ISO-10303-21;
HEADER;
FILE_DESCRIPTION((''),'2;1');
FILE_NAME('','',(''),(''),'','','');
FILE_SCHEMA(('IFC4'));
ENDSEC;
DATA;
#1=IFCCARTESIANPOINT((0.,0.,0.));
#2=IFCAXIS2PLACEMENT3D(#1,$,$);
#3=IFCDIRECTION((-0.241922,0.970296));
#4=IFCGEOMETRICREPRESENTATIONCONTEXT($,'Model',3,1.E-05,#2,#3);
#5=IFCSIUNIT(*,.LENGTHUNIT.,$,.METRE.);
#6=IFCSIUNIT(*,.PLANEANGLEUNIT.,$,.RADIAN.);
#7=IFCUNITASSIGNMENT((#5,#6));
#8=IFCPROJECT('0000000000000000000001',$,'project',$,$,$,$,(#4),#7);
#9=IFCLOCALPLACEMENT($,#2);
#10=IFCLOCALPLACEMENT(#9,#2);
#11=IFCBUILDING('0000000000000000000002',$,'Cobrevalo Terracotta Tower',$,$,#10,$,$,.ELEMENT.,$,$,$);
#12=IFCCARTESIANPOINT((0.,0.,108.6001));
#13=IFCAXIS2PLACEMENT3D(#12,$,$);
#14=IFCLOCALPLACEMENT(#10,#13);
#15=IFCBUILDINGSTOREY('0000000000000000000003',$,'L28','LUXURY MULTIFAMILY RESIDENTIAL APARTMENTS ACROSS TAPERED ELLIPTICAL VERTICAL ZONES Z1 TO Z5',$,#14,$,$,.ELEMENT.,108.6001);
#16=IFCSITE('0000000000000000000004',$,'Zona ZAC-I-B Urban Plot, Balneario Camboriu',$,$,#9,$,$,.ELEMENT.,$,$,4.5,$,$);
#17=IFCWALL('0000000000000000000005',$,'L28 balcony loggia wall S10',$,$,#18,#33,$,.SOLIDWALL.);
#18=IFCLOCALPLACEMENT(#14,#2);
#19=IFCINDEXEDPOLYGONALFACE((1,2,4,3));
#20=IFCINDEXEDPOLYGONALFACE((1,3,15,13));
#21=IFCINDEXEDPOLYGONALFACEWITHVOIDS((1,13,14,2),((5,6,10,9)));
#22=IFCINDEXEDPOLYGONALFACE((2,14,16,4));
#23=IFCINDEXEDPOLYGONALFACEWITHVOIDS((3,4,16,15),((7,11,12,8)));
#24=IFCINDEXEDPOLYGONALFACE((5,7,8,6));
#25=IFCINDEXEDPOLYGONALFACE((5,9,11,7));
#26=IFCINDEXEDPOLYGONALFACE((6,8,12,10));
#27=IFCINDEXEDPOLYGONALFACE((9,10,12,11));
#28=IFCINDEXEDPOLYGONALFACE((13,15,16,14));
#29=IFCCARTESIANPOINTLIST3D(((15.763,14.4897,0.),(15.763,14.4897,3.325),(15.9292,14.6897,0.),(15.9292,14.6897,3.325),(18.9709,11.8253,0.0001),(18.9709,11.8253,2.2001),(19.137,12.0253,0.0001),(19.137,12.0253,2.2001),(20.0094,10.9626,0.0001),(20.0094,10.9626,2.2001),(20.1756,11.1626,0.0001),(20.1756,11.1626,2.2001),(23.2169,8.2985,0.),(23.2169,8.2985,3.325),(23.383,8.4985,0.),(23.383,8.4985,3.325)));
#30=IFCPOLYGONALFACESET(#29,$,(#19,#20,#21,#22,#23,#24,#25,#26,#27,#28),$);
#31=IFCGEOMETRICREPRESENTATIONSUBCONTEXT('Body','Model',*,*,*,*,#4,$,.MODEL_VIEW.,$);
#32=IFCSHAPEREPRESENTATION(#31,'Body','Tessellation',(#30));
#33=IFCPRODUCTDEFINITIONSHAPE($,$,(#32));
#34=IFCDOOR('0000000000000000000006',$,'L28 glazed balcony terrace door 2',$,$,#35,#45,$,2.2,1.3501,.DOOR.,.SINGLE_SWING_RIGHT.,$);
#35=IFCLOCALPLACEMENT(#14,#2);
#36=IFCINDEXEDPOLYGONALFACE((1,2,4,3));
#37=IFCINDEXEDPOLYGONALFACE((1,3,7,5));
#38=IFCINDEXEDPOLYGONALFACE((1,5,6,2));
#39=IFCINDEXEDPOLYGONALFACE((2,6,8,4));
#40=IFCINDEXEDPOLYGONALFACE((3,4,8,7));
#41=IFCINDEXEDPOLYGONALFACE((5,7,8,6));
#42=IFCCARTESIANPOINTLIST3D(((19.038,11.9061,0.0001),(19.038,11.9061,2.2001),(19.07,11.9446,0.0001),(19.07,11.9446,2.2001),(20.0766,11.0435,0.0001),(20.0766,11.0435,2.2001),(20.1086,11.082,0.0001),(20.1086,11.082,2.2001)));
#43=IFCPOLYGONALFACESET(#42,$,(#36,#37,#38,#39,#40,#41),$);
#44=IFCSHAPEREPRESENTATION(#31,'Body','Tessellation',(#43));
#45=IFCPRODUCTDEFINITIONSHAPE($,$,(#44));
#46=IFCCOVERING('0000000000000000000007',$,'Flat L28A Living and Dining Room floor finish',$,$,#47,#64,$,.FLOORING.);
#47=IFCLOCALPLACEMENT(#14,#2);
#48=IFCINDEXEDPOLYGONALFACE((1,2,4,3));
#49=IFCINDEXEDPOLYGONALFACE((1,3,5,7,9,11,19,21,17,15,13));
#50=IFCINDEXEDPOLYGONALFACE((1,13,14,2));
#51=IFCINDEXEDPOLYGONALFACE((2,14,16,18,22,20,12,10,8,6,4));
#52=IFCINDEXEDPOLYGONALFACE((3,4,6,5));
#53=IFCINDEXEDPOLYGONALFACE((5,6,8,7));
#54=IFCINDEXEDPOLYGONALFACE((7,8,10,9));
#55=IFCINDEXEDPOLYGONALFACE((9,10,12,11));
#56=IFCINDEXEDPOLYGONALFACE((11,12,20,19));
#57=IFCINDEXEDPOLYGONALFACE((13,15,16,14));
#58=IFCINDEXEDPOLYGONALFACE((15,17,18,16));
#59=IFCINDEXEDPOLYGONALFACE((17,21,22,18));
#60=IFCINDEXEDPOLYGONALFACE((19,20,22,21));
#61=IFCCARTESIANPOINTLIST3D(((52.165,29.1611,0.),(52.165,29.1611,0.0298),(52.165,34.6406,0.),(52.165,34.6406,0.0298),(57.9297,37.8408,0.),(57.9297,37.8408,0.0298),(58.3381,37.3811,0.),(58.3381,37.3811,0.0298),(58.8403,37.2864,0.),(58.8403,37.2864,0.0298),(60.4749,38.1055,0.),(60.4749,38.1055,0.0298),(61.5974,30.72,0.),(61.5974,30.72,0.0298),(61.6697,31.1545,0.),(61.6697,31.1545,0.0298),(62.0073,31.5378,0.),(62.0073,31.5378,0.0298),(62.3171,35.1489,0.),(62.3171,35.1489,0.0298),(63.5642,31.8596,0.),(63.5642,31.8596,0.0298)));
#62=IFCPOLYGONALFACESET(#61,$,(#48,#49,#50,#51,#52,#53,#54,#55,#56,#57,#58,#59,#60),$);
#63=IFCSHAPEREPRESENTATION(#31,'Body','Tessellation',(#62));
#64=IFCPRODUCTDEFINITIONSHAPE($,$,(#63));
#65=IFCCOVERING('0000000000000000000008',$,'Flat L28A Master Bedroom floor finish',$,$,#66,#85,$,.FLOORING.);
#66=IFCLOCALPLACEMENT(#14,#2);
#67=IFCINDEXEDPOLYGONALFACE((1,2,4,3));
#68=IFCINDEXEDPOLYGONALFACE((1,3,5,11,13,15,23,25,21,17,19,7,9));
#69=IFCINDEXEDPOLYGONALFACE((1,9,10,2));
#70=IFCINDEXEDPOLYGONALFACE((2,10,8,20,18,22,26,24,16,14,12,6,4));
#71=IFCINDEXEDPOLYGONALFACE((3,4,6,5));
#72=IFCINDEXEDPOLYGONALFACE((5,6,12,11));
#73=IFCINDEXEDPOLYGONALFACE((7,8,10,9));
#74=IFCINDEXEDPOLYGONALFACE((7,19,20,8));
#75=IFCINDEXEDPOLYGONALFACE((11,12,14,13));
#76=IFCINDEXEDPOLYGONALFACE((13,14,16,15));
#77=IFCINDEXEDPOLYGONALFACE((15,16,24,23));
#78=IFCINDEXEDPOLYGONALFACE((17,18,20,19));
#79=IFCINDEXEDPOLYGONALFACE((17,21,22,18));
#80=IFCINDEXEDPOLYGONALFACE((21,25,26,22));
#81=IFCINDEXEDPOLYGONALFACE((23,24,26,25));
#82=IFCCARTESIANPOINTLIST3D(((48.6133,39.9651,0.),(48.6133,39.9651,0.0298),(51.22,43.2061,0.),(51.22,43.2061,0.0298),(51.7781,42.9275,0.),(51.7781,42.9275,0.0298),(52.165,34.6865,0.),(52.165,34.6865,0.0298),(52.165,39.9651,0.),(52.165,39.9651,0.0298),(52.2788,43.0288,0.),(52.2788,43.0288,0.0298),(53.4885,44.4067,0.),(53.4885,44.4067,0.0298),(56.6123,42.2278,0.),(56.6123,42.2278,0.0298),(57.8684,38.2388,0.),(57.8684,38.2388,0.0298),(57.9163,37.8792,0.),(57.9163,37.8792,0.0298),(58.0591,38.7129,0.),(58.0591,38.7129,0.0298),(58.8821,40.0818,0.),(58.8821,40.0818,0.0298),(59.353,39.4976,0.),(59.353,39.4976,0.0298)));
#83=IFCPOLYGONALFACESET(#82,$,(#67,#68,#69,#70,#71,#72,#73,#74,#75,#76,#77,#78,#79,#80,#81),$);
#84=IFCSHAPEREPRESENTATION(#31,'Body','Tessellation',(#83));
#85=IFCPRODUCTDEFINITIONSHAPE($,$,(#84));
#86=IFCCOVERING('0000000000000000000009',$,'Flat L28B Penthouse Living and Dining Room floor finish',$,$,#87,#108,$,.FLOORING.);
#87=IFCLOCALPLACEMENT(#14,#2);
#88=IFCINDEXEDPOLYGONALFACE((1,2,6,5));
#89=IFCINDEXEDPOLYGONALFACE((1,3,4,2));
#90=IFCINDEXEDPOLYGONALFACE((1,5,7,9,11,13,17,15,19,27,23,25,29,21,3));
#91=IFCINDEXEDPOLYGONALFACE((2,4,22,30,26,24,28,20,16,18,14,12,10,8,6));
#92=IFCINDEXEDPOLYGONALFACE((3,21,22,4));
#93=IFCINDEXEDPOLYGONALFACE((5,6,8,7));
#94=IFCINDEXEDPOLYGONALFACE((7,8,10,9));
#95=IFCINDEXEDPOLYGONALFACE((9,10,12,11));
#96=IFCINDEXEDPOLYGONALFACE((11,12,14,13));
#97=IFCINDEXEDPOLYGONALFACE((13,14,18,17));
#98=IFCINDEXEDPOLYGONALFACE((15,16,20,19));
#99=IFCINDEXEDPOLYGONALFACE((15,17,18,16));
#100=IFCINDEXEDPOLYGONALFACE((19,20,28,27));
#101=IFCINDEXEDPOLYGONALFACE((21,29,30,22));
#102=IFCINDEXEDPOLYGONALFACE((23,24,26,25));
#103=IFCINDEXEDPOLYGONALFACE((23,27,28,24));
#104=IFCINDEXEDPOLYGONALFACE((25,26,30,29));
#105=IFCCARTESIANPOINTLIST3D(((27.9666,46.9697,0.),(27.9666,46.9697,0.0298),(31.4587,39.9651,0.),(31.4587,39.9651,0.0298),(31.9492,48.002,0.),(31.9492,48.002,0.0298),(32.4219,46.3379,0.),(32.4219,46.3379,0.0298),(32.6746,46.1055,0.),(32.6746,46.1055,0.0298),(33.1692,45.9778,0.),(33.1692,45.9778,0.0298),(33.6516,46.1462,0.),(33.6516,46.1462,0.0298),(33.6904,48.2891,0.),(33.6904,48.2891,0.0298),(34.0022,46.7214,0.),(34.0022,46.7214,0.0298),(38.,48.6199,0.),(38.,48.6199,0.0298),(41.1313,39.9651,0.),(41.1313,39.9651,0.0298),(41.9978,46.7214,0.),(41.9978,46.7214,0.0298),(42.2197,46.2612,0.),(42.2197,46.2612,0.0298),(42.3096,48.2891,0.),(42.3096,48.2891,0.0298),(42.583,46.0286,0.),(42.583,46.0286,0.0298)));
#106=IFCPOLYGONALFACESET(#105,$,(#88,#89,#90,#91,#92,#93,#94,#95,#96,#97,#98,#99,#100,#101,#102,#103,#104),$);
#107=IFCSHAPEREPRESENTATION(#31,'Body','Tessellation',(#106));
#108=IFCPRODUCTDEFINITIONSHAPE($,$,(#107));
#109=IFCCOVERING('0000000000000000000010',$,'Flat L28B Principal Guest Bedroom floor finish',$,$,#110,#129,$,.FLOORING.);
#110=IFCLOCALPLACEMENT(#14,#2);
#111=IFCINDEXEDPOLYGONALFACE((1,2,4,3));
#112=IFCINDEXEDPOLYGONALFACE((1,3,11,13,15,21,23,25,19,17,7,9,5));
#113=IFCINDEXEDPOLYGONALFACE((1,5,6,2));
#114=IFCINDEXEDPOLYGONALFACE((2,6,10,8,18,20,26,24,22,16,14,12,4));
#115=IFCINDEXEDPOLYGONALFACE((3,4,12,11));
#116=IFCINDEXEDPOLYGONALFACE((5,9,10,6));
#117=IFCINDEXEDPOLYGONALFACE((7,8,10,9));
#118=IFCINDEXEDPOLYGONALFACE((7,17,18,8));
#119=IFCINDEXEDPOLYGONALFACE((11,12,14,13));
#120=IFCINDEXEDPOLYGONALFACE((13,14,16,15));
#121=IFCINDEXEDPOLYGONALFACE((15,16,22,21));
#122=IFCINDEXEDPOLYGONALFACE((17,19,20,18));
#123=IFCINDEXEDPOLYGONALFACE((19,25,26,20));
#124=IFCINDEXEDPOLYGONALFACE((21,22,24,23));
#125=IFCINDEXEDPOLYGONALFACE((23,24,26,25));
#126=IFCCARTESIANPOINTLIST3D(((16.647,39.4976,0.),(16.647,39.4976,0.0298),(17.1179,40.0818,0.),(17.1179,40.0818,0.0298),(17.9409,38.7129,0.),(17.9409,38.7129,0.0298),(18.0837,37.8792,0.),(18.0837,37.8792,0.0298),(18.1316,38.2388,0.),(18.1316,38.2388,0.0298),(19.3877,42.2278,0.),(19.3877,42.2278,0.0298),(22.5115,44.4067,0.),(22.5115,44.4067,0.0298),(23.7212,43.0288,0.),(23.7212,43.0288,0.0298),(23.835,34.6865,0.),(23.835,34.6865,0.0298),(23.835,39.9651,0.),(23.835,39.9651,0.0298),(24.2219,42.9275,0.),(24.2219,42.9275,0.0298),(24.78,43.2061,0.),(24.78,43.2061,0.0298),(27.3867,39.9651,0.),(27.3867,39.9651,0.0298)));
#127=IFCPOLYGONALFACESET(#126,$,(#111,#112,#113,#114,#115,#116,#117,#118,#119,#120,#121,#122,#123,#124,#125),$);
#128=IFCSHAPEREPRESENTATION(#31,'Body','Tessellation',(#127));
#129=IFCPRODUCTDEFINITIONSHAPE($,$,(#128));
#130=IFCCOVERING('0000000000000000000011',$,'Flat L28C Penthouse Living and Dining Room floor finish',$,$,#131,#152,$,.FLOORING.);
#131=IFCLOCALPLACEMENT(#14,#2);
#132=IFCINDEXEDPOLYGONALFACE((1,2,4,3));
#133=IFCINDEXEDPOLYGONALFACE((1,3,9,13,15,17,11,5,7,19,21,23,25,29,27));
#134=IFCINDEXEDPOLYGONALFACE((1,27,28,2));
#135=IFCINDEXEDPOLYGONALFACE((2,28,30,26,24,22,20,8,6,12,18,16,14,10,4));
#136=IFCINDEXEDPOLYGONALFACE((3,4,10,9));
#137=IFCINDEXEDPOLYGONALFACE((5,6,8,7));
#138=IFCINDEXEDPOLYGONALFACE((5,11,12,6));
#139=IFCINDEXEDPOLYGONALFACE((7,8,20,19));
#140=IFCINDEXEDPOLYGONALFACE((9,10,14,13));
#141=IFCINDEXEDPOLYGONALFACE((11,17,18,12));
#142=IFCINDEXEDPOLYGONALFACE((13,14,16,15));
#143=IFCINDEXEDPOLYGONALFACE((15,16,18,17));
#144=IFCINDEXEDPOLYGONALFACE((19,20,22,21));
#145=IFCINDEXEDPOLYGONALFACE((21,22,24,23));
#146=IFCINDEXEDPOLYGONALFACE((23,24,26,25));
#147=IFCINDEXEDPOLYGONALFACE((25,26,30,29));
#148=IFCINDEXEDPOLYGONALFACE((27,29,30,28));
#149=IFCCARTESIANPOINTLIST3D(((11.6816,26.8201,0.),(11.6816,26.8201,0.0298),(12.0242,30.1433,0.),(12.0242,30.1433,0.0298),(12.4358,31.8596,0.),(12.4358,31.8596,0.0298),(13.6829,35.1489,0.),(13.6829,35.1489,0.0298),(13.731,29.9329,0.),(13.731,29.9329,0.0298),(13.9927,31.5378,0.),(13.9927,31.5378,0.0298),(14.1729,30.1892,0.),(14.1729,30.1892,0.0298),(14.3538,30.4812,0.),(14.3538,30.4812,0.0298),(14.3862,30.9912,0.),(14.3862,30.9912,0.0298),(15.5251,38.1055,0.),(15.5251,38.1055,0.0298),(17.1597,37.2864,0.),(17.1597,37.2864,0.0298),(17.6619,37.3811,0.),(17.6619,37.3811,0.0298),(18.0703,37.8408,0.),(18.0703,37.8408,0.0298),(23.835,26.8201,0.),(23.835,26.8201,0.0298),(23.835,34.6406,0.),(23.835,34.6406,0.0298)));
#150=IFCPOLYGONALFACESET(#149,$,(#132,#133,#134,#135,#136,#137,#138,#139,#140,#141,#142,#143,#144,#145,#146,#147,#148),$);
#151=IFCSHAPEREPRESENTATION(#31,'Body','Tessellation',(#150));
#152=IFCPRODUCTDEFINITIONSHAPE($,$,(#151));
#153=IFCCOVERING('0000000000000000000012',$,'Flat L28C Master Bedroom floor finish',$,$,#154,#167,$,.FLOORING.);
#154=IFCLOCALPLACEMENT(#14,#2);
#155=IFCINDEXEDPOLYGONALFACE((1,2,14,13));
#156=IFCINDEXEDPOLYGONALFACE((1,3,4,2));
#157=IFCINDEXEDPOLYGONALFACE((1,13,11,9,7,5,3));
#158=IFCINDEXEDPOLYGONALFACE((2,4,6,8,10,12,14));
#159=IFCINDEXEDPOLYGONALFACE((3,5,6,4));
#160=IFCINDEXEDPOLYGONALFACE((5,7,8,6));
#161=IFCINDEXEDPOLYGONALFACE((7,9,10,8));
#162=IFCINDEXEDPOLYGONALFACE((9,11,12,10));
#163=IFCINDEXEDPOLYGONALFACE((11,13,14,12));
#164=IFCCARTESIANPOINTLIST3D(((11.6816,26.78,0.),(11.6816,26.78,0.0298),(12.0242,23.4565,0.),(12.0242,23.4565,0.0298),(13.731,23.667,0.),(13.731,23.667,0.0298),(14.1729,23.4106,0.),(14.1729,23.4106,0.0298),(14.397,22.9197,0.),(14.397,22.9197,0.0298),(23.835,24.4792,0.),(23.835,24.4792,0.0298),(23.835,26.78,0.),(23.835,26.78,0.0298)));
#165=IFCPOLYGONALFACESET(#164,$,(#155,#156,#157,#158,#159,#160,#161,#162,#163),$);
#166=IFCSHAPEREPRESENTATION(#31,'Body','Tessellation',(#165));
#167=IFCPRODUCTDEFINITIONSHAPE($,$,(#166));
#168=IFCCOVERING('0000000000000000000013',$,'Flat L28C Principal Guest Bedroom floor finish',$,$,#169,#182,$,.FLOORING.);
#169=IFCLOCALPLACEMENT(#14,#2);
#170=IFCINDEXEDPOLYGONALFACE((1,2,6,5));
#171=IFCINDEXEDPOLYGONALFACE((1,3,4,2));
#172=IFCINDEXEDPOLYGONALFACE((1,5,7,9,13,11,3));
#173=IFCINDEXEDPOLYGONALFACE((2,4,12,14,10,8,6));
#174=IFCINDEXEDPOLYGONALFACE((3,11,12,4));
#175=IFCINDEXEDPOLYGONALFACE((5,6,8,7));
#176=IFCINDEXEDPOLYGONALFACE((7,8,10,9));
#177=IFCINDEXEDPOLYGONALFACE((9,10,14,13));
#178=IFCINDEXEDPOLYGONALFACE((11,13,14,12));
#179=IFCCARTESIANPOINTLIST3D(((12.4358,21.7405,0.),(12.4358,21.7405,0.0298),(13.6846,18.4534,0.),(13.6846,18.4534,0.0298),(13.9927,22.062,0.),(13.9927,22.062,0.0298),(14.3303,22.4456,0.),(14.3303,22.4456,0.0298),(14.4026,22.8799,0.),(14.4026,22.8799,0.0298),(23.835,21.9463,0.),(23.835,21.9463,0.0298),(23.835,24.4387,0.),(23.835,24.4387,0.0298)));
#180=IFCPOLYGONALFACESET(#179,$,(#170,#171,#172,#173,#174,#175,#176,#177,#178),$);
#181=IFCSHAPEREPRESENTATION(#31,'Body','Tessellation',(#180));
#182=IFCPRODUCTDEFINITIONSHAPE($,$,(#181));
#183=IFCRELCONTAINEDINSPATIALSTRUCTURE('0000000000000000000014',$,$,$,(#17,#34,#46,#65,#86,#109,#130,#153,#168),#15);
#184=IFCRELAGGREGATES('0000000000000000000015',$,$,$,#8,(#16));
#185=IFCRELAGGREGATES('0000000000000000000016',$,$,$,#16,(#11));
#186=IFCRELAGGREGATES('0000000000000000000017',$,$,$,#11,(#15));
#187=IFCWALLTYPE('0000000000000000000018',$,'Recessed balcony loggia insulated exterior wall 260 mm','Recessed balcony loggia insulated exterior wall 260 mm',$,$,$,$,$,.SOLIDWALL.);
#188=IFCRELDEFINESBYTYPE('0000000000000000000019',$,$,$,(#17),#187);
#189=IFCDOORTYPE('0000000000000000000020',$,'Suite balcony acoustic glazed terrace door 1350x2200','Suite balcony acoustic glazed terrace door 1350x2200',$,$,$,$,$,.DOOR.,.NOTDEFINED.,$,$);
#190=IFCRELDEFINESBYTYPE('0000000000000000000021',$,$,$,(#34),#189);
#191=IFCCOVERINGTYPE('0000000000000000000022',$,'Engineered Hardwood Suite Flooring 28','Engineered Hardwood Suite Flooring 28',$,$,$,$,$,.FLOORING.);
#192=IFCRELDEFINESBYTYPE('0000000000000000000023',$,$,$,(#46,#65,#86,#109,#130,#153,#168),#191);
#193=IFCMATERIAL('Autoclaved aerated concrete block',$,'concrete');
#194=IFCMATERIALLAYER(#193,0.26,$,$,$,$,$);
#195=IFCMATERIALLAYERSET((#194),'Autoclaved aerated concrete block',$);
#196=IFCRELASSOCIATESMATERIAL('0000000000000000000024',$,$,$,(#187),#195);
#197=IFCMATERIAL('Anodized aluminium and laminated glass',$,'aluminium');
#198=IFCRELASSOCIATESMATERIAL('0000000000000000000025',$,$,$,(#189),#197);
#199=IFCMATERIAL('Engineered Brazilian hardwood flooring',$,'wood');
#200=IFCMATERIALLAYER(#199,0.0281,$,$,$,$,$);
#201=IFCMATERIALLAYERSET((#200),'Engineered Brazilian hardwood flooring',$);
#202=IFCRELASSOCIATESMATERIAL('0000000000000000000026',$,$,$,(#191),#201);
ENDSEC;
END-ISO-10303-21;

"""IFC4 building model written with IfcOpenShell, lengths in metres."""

from ifc_helpers import new_model, si_unit, direction, frame, frame_2d, origin, place, context, subcontext, project, spatial, polyline, rectangle, outline, extrude, source, transform, mapped, material, layer, layer_set, type_object, element, fill, save


model = new_model("IFC4")

# Units and contexts
model_context = context("Model", 3, precision=1e-05, world=origin(), true_north=direction((-0.241922, 0.970296)))
body_context = subcontext(model_context, "Body", "Model", "MODEL_VIEW")
ifc_project = project(units=[si_unit("LENGTHUNIT", "METRE"), si_unit("PLANEANGLEUNIT", "RADIAN")], contexts=[model_context])

# Site, building, storey
site_placement = place(None, origin())
site = spatial("IfcSite", under=ifc_project, at=site_placement, Name="Zona ZAC-I-B Urban Plot, Balneario Camboriu", CompositionType="ELEMENT", RefElevation=4.5)
building_placement = place(site_placement, origin())
building = spatial("IfcBuilding", under=site, at=building_placement, Name="Cobrevalo Terracotta Tower", CompositionType="ELEMENT")
storey_placement = place(building_placement, frame((0.0, 0.0, 108.6001)))
storey = spatial("IfcBuildingStorey", under=building, at=storey_placement, Name="L28", Description="LUXURY MULTIFAMILY RESIDENTIAL APARTMENTS ACROSS TAPERED ELLIPTICAL VERTICAL ZONES Z1 TO Z5", CompositionType="ELEMENT", Elevation=108.6001)

# Wall, opening, door
ifc_material_1 = material(Name="Autoclaved aerated concrete block", Category="concrete")
ifc_layer_1 = layer(ifc_material_1, 0.26)
ifc_layer_set_1 = layer_set([ifc_layer_1], Name="Autoclaved aerated concrete block")
wall_type = type_object("IfcWallType", Name="Recessed balcony loggia insulated exterior wall 260 mm", Description="Recessed balcony loggia insulated exterior wall 260 mm", PredefinedType="SOLIDWALL", material=ifc_layer_set_1)
wall_placement = place(storey_placement, frame((15.8462, 14.5896, 0.0), z_axis=(0.0, 0.0, 1.0), x_axis=(0.769255, -0.638942, 0.0)))
wall = element("IfcWall", 1, at=wall_placement, inside=storey, type_object=wall_type, Name="L28 balcony loggia wall S10", PredefinedType="SOLIDWALL", context=body_context, shape_type="SweptSolid", body=[
    extrude(rectangle(XDim=9.6897, YDim=0.26, at=frame_2d((4.8447, 0.0))), origin(), (0.0, 0.0, 1.0), 3.325),
])
opening_placement = place(wall_placement, frame((4.1699, 0.0, 0.0)))
opening = element("IfcOpeningElement", 2, at=opening_placement, cuts=wall, PredefinedType="OPENING", context=body_context, shape_type="SweptSolid", body=[
    extrude(rectangle(XDim=1.3501, YDim=2.2, at=frame_2d((0.675, 1.1001))), frame((0.0, 0.1401, 0.0), z_axis=(0.0, -1.0, 0.0), x_axis=(1.0, 0.0, 0.0)), (0.0, 0.0, 1.0), 0.28),
])
ifc_material_2 = material(Name="Anodized aluminium and laminated glass", Category="aluminium")
door_type = type_object("IfcDoorType", Name="Suite balcony acoustic glazed terrace door 1350x2200", Description="Suite balcony acoustic glazed terrace door 1350x2200", OperationType="NOTDEFINED", PredefinedType="DOOR", material=ifc_material_2)
shared_shape_1 = source(origin(), body_context, "Body", "SweptSolid", [
    extrude(rectangle(XDim=1.3501, YDim=2.2, at=frame_2d((0.675, 1.1001))), frame((0.0, 0.0249, 0.0), z_axis=(0.0, -1.0, 0.0), x_axis=(1.0, 0.0, 0.0)), (0.0, 0.0, 1.0), 0.05),
])
door_placement = place(opening_placement, frame((1.3501, 0.0, 0.0), z_axis=(0.0, 0.0, 1.0), x_axis=(-1.0, 0.0, 0.0)))
door = element("IfcDoor", 3, at=door_placement, inside=storey, type_object=door_type, Name="L28 glazed balcony terrace door 2", OperationType="SINGLE_SWING_RIGHT", OverallHeight=2.2, OverallWidth=1.3501, PredefinedType="DOOR", context=body_context, shape_type="MappedRepresentation", body=[
    mapped(shared_shape_1, transform((0.0, 0.0, 0.0), scale=1.0)),
])
fill(opening, door)

# Coverings
ifc_material_3 = material(Name="Engineered Brazilian hardwood flooring", Category="wood")
ifc_layer_2 = layer(ifc_material_3, 0.0281)
ifc_layer_set_2 = layer_set([ifc_layer_2], Name="Engineered Brazilian hardwood flooring")
covering_type_1 = type_object("IfcCoveringType", Name="Engineered Hardwood Suite Flooring 28", Description="Engineered Hardwood Suite Flooring 28", PredefinedType="FLOORING", material=ifc_layer_set_2)
covering_1_placement = place(storey_placement, origin())
element("IfcCovering", 4, at=covering_1_placement, inside=storey, type_object=covering_type_1, Name="Flat L28A Living and Dining Room floor finish", PredefinedType="FLOORING", context=body_context, shape_type="SweptSolid", body=[
    extrude(outline(polyline([(62.3171, 35.1489), (63.5642, 31.8596), (62.0073, 31.5378), (61.6697, 31.1545), (61.5974, 30.72), (52.165, 29.1611), (52.165, 34.6406), (57.9297, 37.8408), (58.3381, 37.3811), (58.8403, 37.2864), (60.4749, 38.1055), (62.3171, 35.1489)])), origin(), (0.0, 0.0, 1.0), 0.0298),
])
covering_2_placement = place(storey_placement, origin())
element("IfcCovering", 5, at=covering_2_placement, inside=storey, type_object=covering_type_1, Name="Flat L28A Master Bedroom floor finish", PredefinedType="FLOORING", context=body_context, shape_type="SweptSolid", body=[
    extrude(outline(polyline([(56.6123, 42.2278), (58.8821, 40.0818), (59.353, 39.4976), (58.0591, 38.7129), (57.8684, 38.2388), (57.9163, 37.8792), (52.165, 34.6865), (52.165, 39.9651), (48.6133, 39.9651), (51.22, 43.2061), (51.7781, 42.9275), (52.2788, 43.0288), (53.4885, 44.4067), (56.6123, 42.2278)])), origin(), (0.0, 0.0, 1.0), 0.0298),
])
covering_3_placement = place(storey_placement, origin())
element("IfcCovering", 6, at=covering_3_placement, inside=storey, type_object=covering_type_1, Name="Flat L28B Penthouse Living and Dining Room floor finish", PredefinedType="FLOORING", context=body_context, shape_type="SweptSolid", body=[
    extrude(outline(polyline([(31.9492, 48.002), (32.4219, 46.3379), (32.6746, 46.1055), (33.1692, 45.9778), (33.6516, 46.1462), (34.0022, 46.7214), (33.6904, 48.2891), (38.0, 48.6199), (42.3096, 48.2891), (41.9978, 46.7214), (42.2197, 46.2612), (42.583, 46.0286), (41.1313, 39.9651), (31.4587, 39.9651), (27.9666, 46.9697), (31.9492, 48.002)])), origin(), (0.0, 0.0, 1.0), 0.0298),
])
covering_4_placement = place(storey_placement, origin())
element("IfcCovering", 7, at=covering_4_placement, inside=storey, type_object=covering_type_1, Name="Flat L28B Principal Guest Bedroom floor finish", PredefinedType="FLOORING", context=body_context, shape_type="SweptSolid", body=[
    extrude(outline(polyline([(22.5115, 44.4067), (23.7212, 43.0288), (24.2219, 42.9275), (24.78, 43.2061), (27.3867, 39.9651), (23.835, 39.9651), (23.835, 34.6865), (18.0837, 37.8792), (18.1316, 38.2388), (17.9409, 38.7129), (16.647, 39.4976), (17.1179, 40.0818), (19.3877, 42.2278), (22.5115, 44.4067)])), origin(), (0.0, 0.0, 1.0), 0.0298),
])
covering_5_placement = place(storey_placement, origin())
element("IfcCovering", 8, at=covering_5_placement, inside=storey, type_object=covering_type_1, Name="Flat L28C Penthouse Living and Dining Room floor finish", PredefinedType="FLOORING", context=body_context, shape_type="SweptSolid", body=[
    extrude(outline(polyline([(12.0242, 30.1433), (13.731, 29.9329), (14.1729, 30.1892), (14.3538, 30.4812), (14.3862, 30.9912), (13.9927, 31.5378), (12.4358, 31.8596), (13.6829, 35.1489), (15.5251, 38.1055), (17.1597, 37.2864), (17.6619, 37.3811), (18.0703, 37.8408), (23.835, 34.6406), (23.835, 26.8201), (11.6816, 26.8201), (12.0242, 30.1433)])), origin(), (0.0, 0.0, 1.0), 0.0298),
])
covering_6_placement = place(storey_placement, origin())
element("IfcCovering", 9, at=covering_6_placement, inside=storey, type_object=covering_type_1, Name="Flat L28C Master Bedroom floor finish", PredefinedType="FLOORING", context=body_context, shape_type="SweptSolid", body=[
    extrude(outline(polyline([(11.6816, 26.78), (23.835, 26.78), (23.835, 24.4792), (14.397, 22.9197), (14.1729, 23.4106), (13.731, 23.667), (12.0242, 23.4565), (11.6816, 26.78)])), origin(), (0.0, 0.0, 1.0), 0.0298),
])
covering_7_placement = place(storey_placement, origin())
element("IfcCovering", 10, at=covering_7_placement, inside=storey, type_object=covering_type_1, Name="Flat L28C Principal Guest Bedroom floor finish", PredefinedType="FLOORING", context=body_context, shape_type="SweptSolid", body=[
    extrude(outline(polyline([(12.4358, 21.7405), (13.9927, 22.062), (14.3303, 22.4456), (14.4026, 22.8799), (23.835, 24.4387), (23.835, 21.9463), (13.6846, 18.4534), (12.4358, 21.7405)])), origin(), (0.0, 0.0, 1.0), 0.0298),
])

save(model, "model.ifc")
